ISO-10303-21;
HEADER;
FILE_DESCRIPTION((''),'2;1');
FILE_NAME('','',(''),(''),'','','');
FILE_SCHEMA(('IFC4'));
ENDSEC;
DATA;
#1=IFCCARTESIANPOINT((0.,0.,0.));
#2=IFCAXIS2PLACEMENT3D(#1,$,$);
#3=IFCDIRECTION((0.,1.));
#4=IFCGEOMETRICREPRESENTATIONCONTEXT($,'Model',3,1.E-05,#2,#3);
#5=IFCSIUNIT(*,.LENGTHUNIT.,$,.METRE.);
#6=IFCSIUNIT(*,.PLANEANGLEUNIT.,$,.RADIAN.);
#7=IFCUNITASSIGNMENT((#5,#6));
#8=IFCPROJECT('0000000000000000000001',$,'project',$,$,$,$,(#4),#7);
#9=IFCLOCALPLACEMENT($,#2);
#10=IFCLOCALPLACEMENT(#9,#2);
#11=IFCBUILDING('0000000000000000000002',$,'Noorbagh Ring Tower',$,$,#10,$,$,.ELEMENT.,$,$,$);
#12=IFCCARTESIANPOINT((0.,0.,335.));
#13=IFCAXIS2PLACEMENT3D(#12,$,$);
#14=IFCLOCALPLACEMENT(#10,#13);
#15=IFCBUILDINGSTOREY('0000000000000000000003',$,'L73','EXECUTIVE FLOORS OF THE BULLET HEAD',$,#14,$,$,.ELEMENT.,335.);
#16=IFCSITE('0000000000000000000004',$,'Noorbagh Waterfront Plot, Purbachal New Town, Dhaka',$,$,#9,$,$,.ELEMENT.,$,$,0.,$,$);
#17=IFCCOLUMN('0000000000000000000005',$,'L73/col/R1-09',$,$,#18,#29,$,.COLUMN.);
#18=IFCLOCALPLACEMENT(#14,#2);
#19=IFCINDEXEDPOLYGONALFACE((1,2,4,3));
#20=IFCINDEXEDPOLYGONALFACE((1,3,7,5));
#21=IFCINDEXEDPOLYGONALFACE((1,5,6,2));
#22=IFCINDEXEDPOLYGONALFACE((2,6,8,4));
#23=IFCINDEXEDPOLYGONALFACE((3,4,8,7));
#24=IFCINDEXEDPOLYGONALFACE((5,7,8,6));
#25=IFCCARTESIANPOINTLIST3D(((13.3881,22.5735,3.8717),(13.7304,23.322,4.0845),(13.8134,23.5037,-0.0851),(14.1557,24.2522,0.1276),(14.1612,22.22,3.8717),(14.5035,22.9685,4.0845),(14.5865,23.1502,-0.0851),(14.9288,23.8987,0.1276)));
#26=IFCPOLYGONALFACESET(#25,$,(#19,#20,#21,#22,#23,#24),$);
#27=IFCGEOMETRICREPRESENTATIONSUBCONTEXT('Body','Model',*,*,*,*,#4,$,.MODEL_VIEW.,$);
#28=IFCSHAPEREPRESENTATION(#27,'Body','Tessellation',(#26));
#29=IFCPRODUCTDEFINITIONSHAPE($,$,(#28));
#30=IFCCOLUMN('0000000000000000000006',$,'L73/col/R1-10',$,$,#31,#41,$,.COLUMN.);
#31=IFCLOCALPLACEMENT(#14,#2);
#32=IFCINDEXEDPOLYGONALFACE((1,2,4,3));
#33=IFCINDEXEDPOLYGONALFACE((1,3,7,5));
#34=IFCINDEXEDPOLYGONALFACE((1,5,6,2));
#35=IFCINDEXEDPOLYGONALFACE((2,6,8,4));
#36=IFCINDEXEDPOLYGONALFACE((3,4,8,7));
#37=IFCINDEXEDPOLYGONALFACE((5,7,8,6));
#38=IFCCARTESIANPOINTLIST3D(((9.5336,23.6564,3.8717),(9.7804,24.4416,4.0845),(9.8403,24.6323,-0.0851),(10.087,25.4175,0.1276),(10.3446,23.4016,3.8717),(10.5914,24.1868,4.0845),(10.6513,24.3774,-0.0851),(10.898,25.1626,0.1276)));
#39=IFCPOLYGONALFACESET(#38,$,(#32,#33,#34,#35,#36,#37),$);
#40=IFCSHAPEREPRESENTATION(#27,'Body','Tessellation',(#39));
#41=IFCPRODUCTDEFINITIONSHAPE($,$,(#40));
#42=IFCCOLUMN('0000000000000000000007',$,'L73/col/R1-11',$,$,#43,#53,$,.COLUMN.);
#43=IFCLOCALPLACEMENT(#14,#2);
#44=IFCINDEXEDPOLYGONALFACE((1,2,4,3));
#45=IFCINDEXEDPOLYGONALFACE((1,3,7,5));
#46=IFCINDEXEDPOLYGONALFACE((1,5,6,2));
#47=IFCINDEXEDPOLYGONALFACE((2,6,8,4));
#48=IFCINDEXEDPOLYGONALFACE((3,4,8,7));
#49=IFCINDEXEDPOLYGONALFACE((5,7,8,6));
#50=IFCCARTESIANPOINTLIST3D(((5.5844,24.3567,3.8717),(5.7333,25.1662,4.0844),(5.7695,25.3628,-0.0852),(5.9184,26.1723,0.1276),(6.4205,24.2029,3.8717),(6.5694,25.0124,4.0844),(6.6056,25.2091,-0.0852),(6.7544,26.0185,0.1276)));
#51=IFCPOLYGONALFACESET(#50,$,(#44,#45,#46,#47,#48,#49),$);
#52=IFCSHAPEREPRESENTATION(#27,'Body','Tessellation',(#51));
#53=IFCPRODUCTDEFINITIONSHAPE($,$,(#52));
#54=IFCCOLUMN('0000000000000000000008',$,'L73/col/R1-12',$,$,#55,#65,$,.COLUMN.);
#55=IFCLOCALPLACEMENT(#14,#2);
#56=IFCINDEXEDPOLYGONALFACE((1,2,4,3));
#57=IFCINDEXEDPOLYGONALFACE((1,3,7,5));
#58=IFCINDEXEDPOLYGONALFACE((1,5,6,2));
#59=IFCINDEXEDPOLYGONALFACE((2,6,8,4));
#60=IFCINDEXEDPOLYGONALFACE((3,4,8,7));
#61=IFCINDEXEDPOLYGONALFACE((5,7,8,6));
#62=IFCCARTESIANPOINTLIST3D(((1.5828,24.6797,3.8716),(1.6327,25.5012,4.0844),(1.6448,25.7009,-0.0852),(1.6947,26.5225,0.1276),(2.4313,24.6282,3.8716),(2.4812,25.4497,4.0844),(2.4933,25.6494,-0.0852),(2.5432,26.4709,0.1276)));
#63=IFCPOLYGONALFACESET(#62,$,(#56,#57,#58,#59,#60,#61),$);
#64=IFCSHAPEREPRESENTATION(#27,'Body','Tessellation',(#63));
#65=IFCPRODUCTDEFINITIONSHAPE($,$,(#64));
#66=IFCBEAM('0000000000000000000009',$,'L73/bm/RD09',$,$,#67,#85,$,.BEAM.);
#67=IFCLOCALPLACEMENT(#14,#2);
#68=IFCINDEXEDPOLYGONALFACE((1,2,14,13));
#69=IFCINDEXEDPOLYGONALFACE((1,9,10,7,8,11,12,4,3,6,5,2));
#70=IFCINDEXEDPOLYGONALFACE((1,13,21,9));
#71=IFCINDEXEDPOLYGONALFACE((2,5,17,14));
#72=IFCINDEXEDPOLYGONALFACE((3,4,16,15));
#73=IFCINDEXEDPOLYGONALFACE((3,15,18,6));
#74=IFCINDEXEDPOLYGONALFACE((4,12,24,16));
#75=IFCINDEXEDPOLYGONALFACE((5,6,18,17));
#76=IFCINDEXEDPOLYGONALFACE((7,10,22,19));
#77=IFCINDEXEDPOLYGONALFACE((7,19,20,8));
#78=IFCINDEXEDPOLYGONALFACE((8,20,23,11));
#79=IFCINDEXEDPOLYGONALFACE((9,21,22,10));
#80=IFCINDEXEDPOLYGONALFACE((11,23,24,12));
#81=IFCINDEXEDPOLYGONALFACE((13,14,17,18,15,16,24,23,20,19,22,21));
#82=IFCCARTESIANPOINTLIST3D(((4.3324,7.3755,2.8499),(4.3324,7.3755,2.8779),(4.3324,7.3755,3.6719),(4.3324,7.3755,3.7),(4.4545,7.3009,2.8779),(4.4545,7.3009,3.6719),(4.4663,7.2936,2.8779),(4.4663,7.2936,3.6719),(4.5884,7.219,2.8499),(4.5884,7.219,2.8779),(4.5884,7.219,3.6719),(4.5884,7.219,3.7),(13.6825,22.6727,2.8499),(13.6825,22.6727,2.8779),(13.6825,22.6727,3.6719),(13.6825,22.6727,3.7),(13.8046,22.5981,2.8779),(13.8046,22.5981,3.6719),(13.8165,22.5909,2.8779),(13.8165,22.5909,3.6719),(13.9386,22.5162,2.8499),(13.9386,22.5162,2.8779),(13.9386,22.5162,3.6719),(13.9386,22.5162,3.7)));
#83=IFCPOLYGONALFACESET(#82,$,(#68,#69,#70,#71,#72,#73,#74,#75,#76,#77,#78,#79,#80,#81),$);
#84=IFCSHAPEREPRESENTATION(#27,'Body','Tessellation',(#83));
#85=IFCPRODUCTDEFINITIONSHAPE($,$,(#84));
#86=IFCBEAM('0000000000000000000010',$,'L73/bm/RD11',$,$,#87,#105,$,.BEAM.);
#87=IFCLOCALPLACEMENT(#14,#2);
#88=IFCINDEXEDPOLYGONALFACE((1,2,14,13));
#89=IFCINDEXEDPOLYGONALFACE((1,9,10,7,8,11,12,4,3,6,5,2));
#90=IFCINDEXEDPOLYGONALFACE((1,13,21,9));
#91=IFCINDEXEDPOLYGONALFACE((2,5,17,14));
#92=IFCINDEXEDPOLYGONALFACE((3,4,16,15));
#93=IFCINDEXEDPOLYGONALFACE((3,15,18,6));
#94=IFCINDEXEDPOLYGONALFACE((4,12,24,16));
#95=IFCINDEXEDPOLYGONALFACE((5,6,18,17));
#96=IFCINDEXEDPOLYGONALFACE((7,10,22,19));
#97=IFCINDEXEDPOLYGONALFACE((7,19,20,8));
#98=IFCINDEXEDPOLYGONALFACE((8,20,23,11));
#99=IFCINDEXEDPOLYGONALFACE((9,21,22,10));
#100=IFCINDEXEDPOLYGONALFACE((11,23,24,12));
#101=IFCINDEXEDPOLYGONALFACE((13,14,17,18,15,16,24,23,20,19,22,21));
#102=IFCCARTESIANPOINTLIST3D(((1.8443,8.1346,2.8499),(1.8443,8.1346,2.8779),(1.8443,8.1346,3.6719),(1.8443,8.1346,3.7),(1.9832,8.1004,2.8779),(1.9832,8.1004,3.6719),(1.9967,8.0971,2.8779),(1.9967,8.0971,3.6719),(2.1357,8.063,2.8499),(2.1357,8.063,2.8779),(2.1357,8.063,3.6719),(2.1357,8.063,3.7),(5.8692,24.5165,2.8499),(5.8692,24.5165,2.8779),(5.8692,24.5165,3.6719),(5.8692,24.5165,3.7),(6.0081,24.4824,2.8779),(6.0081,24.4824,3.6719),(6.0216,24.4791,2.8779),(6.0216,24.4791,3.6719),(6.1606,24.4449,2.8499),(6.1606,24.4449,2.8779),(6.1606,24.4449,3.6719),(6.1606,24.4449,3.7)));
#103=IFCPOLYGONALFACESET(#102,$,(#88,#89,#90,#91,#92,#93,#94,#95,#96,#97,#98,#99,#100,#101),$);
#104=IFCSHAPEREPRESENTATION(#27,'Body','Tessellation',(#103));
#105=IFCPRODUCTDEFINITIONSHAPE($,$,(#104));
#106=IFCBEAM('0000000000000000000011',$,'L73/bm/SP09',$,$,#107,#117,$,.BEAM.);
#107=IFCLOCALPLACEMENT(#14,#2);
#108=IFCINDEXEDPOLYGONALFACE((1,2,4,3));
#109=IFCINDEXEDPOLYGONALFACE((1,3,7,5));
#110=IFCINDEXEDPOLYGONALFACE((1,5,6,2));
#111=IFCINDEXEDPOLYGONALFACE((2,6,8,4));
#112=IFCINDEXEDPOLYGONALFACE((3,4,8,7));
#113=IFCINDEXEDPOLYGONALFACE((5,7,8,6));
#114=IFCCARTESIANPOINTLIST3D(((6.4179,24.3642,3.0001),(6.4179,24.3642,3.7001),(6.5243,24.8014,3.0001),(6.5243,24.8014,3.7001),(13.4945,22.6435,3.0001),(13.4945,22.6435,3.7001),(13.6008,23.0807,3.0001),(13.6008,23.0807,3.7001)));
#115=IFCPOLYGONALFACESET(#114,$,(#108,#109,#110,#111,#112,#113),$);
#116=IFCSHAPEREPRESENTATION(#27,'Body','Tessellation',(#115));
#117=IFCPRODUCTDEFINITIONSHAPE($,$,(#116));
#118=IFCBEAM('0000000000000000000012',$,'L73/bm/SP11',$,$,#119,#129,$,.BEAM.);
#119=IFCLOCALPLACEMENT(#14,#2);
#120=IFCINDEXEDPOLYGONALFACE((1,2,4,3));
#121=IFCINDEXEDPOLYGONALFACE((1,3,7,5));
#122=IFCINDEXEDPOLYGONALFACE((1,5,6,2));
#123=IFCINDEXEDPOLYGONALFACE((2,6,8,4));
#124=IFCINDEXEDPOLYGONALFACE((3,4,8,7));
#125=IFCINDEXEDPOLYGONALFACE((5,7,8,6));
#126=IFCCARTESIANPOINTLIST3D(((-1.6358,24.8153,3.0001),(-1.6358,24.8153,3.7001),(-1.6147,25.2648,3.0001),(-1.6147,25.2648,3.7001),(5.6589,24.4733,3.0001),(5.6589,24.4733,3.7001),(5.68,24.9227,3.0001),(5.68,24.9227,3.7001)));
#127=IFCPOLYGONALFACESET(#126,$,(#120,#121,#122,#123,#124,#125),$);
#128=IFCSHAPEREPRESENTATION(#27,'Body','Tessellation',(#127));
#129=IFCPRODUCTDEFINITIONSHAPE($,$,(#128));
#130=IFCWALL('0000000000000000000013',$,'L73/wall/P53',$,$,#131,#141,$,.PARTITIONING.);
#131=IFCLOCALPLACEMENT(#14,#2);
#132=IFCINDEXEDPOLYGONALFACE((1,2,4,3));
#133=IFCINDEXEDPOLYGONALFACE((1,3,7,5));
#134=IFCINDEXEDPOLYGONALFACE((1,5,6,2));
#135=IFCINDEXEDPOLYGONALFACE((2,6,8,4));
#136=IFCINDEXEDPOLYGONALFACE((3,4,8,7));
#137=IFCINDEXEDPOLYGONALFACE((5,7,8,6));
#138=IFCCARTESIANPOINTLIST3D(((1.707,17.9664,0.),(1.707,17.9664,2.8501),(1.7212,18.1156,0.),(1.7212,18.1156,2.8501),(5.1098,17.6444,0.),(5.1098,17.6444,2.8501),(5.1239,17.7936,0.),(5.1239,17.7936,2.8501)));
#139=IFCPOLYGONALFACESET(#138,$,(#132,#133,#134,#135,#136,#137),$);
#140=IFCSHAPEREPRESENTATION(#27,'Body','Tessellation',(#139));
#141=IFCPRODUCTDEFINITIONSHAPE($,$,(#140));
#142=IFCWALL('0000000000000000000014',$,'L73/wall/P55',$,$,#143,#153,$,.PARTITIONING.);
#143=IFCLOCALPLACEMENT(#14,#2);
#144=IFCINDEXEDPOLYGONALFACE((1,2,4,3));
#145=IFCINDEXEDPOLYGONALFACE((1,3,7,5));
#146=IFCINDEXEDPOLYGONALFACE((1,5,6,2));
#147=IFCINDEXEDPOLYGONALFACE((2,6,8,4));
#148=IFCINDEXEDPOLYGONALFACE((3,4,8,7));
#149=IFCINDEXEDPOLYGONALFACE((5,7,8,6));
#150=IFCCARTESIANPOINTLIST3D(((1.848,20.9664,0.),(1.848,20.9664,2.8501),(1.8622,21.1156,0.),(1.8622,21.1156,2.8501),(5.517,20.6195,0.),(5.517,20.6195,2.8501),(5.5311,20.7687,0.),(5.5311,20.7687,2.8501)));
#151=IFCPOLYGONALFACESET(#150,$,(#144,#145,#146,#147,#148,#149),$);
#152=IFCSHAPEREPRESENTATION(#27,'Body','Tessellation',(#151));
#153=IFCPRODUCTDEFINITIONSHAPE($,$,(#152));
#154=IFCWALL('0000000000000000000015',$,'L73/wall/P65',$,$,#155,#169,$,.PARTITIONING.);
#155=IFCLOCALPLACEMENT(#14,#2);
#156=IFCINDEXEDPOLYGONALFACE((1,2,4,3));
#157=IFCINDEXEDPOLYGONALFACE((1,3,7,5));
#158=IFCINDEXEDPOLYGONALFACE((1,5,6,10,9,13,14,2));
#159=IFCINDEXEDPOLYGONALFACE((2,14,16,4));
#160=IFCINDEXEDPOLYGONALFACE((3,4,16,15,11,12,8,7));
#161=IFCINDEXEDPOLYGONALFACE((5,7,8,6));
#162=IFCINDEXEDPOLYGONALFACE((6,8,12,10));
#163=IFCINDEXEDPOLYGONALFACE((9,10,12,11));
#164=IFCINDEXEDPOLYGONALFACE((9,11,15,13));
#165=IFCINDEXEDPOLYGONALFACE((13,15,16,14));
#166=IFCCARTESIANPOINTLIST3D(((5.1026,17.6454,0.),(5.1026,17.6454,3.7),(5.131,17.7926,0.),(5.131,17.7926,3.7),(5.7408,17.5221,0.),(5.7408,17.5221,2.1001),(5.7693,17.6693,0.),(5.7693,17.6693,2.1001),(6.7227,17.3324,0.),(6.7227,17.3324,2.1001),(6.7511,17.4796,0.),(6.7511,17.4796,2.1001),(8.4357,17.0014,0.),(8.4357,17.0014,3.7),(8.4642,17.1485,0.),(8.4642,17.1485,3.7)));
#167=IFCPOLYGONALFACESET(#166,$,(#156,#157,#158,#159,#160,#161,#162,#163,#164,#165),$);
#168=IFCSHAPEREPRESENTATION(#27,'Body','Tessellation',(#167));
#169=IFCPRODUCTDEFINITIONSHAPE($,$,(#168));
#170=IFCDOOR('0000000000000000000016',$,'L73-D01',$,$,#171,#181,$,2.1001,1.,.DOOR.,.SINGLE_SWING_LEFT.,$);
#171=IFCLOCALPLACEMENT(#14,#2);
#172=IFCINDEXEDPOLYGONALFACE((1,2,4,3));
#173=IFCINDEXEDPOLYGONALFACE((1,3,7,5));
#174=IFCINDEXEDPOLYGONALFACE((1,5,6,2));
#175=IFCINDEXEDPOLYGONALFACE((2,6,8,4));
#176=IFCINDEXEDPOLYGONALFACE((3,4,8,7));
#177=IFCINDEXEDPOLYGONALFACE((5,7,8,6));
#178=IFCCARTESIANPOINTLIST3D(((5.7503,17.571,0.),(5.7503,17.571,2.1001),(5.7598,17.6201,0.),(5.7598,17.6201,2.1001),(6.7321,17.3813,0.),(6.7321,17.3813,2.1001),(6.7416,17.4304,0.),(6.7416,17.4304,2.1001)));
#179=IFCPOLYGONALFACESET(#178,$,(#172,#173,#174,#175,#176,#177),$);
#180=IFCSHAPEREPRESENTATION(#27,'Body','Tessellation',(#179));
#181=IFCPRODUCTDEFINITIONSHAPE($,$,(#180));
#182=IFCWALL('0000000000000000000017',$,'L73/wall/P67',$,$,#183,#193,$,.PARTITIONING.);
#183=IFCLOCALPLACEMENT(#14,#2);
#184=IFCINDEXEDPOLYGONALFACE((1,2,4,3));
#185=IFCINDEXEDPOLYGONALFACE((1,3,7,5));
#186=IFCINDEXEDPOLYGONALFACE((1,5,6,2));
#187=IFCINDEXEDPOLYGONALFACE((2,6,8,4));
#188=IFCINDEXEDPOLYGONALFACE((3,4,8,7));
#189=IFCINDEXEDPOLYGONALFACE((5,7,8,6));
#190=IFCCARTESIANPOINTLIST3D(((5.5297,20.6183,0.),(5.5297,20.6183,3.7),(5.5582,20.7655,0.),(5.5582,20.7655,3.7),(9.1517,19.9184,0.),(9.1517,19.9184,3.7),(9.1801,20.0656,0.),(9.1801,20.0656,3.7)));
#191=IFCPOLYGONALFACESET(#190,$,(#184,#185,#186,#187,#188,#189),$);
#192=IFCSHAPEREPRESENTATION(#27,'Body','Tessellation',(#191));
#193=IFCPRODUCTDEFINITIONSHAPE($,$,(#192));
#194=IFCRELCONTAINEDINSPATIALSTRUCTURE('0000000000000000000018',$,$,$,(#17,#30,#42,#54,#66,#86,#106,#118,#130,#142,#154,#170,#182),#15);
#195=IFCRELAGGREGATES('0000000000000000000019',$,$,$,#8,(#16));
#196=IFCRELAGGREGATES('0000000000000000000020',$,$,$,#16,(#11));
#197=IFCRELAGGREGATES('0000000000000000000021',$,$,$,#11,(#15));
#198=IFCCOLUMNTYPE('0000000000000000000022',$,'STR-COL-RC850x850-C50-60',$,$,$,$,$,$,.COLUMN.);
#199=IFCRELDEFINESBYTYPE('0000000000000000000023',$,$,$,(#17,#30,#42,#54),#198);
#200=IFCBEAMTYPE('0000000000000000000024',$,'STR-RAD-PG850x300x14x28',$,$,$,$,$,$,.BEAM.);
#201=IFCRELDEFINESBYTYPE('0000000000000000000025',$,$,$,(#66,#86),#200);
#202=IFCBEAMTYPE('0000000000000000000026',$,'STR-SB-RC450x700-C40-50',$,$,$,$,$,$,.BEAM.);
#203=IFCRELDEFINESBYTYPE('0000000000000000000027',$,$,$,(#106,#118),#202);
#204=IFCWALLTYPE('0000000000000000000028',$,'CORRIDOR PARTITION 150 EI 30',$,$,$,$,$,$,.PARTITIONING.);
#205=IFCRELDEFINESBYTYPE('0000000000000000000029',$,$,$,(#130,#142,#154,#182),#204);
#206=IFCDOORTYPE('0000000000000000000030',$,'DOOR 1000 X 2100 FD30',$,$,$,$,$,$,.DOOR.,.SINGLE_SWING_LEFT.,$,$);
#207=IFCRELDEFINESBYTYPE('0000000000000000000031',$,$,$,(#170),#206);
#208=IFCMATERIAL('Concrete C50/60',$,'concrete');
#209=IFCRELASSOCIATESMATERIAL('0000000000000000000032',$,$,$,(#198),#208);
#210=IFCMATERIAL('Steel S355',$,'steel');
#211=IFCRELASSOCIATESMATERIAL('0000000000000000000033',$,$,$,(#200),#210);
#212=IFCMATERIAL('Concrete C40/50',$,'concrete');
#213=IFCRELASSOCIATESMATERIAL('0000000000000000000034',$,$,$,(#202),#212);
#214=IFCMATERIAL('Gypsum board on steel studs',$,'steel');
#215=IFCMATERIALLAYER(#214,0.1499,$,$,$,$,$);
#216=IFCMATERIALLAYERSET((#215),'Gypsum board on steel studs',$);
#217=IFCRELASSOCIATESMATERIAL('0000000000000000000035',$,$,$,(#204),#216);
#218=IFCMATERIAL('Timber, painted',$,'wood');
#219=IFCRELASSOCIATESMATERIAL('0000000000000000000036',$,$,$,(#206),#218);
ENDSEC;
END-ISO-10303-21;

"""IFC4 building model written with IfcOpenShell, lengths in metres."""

from ifc_helpers import new_model, si_unit, direction, frame, frame_2d, origin, origin_2d, place, context, subcontext, project, spatial, rectangle, i_section, extrude, material, layer, layer_set, material_profile, profile_set, type_object, element, fill, save


model = new_model("IFC4")

# Units and contexts
model_context = context("Model", 3, precision=1e-05, world=origin(), true_north=direction((0.0, 1.0)))
body_context = subcontext(model_context, "Body", "Model", "MODEL_VIEW")
ifc_project = project(units=[si_unit("LENGTHUNIT", "METRE"), si_unit("PLANEANGLEUNIT", "RADIAN")], contexts=[model_context])

# Site, building, storey
site_placement = place(None, origin())
site = spatial("IfcSite", under=ifc_project, at=site_placement, Name="Noorbagh Waterfront Plot, Purbachal New Town, Dhaka", CompositionType="ELEMENT", RefElevation=0.0)
building_placement = place(site_placement, origin())
building = spatial("IfcBuilding", under=site, at=building_placement, Name="Noorbagh Ring Tower", CompositionType="ELEMENT")
storey_placement = place(building_placement, frame((0.0, 0.0, 335.0)))
storey = spatial("IfcBuildingStorey", under=building, at=storey_placement, Name="L73", Description="EXECUTIVE FLOORS OF THE BULLET HEAD", CompositionType="ELEMENT", Elevation=335.0)

# Columns
ifc_material_1 = material(Name="Concrete C50/60", Category="concrete")
ifc_material_profile_1 = material_profile(ifc_material_1, rectangle(XDim=0.8501, YDim=0.8501, at=origin_2d()), Name="RC850x850")
ifc_profile_set_1 = profile_set([ifc_material_profile_1], Name="Concrete C50/60")
column_type = type_object("IfcColumnType", Name="STR-COL-RC850x850-C50-60", PredefinedType="COLUMN", material=ifc_profile_set_1)
for number, where, z_axis, x_axis, name in (
    (1, (14.3711, 23.7012, 0.0212), (-0.104064, -0.227603, 0.968178), (0.909449, -0.415816, 0.0), "L73/col/R1-09"),
    (2, (10.3691, 24.8975, 0.0212), (-0.075031, -0.238772, 0.968173), (0.954007, -0.299783, 0.0), "L73/col/R1-10"),
    (3, (6.262, 25.6907, 0.0212), (-0.045281, -0.246178, 0.968166), (0.983501, -0.180901, 0.0), "L73/col/R1-11"),
    (4, (2.094, 26.0859, 0.0212), (-0.015173, -0.24988, 0.968158), (0.998162, -0.06061, 0.0), "L73/col/R1-12"),
):
    element("IfcColumn", number, at=place(storey_placement, frame(where, z_axis=z_axis, x_axis=x_axis)), inside=storey, type_object=column_type, Name=name, PredefinedType="COLUMN", context=body_context, shape_type="SweptSolid", body=[
        extrude(rectangle(XDim=0.8501, YDim=0.8501, at=origin_2d()), origin(), (0.0, 0.0, 1.0), 4.0869),
    ])

# Beams
ifc_material_2 = material(Name="Steel S355", Category="steel")
ifc_material_profile_2 = material_profile(ifc_material_2, i_section(OverallWidth=0.3, OverallDepth=0.8501, WebThickness=0.0139, FlangeThickness=0.0281, at=origin_2d()), Name="PG850x300x14x28")
ifc_profile_set_2 = profile_set([ifc_material_profile_2], Name="Steel S355")
beam_type_1 = type_object("IfcBeamType", Name="STR-RAD-PG850x300x14x28", PredefinedType="BEAM", material=ifc_profile_set_2)
beam_1_placement = place(storey_placement, frame((13.8105, 22.5945, 3.2749), z_axis=(-0.521525, -0.853236, 0.0), x_axis=(0.853236, -0.521525, 0.0)))
element("IfcBeam", 5, at=beam_1_placement, inside=storey, type_object=beam_type_1, Name="L73/bm/RD09", PredefinedType="BEAM", context=body_context, shape_type="SweptSolid", body=[
    extrude(i_section(OverallWidth=0.3, OverallDepth=0.8501, WebThickness=0.0139, FlangeThickness=0.0281, at=origin_2d()), origin(), (0.0, 0.0, 1.0), 17.9285),
])
beam_2_placement = place(storey_placement, frame((6.0149, 24.4807, 3.2749), z_axis=(-0.238597, -0.971119, 0.0), x_axis=(0.971119, -0.238597, 0.0)))
element("IfcBeam", 6, at=beam_2_placement, inside=storey, type_object=beam_type_1, Name="L73/bm/RD11", PredefinedType="BEAM", context=body_context, shape_type="SweptSolid", body=[
    extrude(i_section(OverallWidth=0.3, OverallDepth=0.8501, WebThickness=0.0139, FlangeThickness=0.0281, at=origin_2d()), origin(), (0.0, 0.0, 1.0), 16.8691),
])
ifc_material_3 = material(Name="Concrete C40/50", Category="concrete")
ifc_material_profile_3 = material_profile(ifc_material_3, rectangle(XDim=0.45, YDim=0.7, at=origin_2d()), Name="RC450x700")
ifc_profile_set_3 = profile_set([ifc_material_profile_3], Name="Concrete C40/50")
beam_type_2 = type_object("IfcBeamType", Name="STR-SB-RC450x700-C40-50", PredefinedType="BEAM", material=ifc_profile_set_3)
beam_3_placement = place(storey_placement, frame((13.5476, 22.8621, 3.3501), z_axis=(-0.971686, 0.236275, 0.0), x_axis=(-0.236275, -0.971686, 0.0)))
element("IfcBeam", 7, at=beam_3_placement, inside=storey, type_object=beam_type_2, Name="L73/bm/SP09", PredefinedType="BEAM", context=body_context, shape_type="SweptSolid", body=[
    extrude(rectangle(XDim=0.45, YDim=0.7, at=origin_2d()), origin(), (0.0, 0.0, 1.0), 7.2827),
])
beam_4_placement = place(storey_placement, frame((5.6694, 24.698, 3.3501), z_axis=(-0.998903, 0.046838, 0.0), x_axis=(-0.046838, -0.998903, 0.0)))
element("IfcBeam", 8, at=beam_4_placement, inside=storey, type_object=beam_type_2, Name="L73/bm/SP11", PredefinedType="BEAM", context=body_context, shape_type="SweptSolid", body=[
    extrude(rectangle(XDim=0.45, YDim=0.7, at=origin_2d()), origin(), (0.0, 0.0, 1.0), 7.3027),
])

# Walls
ifc_material_4 = material(Name="Gypsum board on steel studs", Category="steel")
ifc_layer_1 = layer(ifc_material_4, 0.1499)
ifc_layer_set_1 = layer_set([ifc_layer_1], Name="Gypsum board on steel studs")
wall_type_1 = type_object("IfcWallType", Name="CORRIDOR PARTITION 150 EI 30", PredefinedType="PARTITIONING", material=ifc_layer_set_1)
wall_1_placement = place(storey_placement, frame((1.7141, 18.041, 0.0), z_axis=(0.0, 0.0, 1.0), x_axis=(0.995552, -0.094212, 0.0)))
element("IfcWall", 9, at=wall_1_placement, inside=storey, type_object=wall_type_1, Name="L73/wall/P53", PredefinedType="PARTITIONING", context=body_context, shape_type="SweptSolid", body=[
    extrude(rectangle(XDim=3.418, YDim=0.1499, at=frame_2d((1.709, 0.0))), origin(), (0.0, 0.0, 1.0), 2.8501),
])
wall_2_placement = place(storey_placement, frame((1.855, 21.041, 0.0), z_axis=(0.0, 0.0, 1.0), x_axis=(0.995559, -0.094137, 0.0)))
element("IfcWall", 10, at=wall_2_placement, inside=storey, type_object=wall_type_1, Name="L73/wall/P55", PredefinedType="PARTITIONING", context=body_context, shape_type="SweptSolid", body=[
    extrude(rectangle(XDim=3.6853, YDim=0.1499, at=frame_2d((1.8428, 0.0))), origin(), (0.0, 0.0, 1.0), 2.8501),
])

# Wall, opening, door
wall_3_placement = place(storey_placement, frame((5.1169, 17.719, 0.0), z_axis=(0.0, 0.0, 1.0), x_axis=(0.981838, -0.189722, 0.0)))
wall_3 = element("IfcWall", 11, at=wall_3_placement, inside=storey, type_object=wall_type_1, Name="L73/wall/P65", PredefinedType="PARTITIONING", context=body_context, shape_type="SweptSolid", body=[
    extrude(rectangle(XDim=3.3948, YDim=0.1499, at=frame_2d((1.6973, 0.0))), origin(), (0.0, 0.0, 1.0), 3.7),
])
opening_1_placement = place(wall_3_placement, frame((0.6499, 0.0, 0.0)))
opening_1 = element("IfcOpeningElement", 12, at=opening_1_placement, cuts=wall_3, PredefinedType="OPENING", context=body_context, shape_type="SweptSolid", body=[
    extrude(rectangle(XDim=1.0, YDim=2.1001, at=frame_2d((0.5, 1.05))), frame((0.0, 0.085, 0.0), z_axis=(0.0, -1.0, 0.0), x_axis=(1.0, 0.0, 0.0)), (0.0, 0.0, 1.0), 0.1699),
])
ifc_material_5 = material(Name="Timber, painted", Category="wood")
door_type = type_object("IfcDoorType", Name="DOOR 1000 X 2100 FD30", OperationType="SINGLE_SWING_LEFT", PredefinedType="DOOR", material=ifc_material_5)
door_1_placement = place(opening_1_placement, origin())
door_1 = element("IfcDoor", 13, at=door_1_placement, inside=storey, type_object=door_type, Name="L73-D01", OperationType="SINGLE_SWING_LEFT", OverallHeight=2.1001, OverallWidth=1.0, PredefinedType="DOOR", context=body_context, shape_type="SweptSolid", body=[
    extrude(rectangle(XDim=1.0, YDim=2.1001, at=frame_2d((0.5, 1.05))), frame((0.0, 0.0249, 0.0), z_axis=(0.0, -1.0, 0.0), x_axis=(1.0, 0.0, 0.0)), (0.0, 0.0, 1.0), 0.05),
])
fill(opening_1, door_1)

# Wall
wall_4_placement = place(storey_placement, frame((5.5439, 20.6919, 0.0), z_axis=(0.0, 0.0, 1.0), x_axis=(0.981835, -0.189736, 0.0)))
element("IfcWall", 14, at=wall_4_placement, inside=storey, type_object=wall_type_1, Name="L73/wall/P67", PredefinedType="PARTITIONING", context=body_context, shape_type="SweptSolid", body=[
    extrude(rectangle(XDim=3.689, YDim=0.1499, at=frame_2d((1.8445, 0.0))), origin(), (0.0, 0.0, 1.0), 3.7),
])

save(model, "model.ifc")
